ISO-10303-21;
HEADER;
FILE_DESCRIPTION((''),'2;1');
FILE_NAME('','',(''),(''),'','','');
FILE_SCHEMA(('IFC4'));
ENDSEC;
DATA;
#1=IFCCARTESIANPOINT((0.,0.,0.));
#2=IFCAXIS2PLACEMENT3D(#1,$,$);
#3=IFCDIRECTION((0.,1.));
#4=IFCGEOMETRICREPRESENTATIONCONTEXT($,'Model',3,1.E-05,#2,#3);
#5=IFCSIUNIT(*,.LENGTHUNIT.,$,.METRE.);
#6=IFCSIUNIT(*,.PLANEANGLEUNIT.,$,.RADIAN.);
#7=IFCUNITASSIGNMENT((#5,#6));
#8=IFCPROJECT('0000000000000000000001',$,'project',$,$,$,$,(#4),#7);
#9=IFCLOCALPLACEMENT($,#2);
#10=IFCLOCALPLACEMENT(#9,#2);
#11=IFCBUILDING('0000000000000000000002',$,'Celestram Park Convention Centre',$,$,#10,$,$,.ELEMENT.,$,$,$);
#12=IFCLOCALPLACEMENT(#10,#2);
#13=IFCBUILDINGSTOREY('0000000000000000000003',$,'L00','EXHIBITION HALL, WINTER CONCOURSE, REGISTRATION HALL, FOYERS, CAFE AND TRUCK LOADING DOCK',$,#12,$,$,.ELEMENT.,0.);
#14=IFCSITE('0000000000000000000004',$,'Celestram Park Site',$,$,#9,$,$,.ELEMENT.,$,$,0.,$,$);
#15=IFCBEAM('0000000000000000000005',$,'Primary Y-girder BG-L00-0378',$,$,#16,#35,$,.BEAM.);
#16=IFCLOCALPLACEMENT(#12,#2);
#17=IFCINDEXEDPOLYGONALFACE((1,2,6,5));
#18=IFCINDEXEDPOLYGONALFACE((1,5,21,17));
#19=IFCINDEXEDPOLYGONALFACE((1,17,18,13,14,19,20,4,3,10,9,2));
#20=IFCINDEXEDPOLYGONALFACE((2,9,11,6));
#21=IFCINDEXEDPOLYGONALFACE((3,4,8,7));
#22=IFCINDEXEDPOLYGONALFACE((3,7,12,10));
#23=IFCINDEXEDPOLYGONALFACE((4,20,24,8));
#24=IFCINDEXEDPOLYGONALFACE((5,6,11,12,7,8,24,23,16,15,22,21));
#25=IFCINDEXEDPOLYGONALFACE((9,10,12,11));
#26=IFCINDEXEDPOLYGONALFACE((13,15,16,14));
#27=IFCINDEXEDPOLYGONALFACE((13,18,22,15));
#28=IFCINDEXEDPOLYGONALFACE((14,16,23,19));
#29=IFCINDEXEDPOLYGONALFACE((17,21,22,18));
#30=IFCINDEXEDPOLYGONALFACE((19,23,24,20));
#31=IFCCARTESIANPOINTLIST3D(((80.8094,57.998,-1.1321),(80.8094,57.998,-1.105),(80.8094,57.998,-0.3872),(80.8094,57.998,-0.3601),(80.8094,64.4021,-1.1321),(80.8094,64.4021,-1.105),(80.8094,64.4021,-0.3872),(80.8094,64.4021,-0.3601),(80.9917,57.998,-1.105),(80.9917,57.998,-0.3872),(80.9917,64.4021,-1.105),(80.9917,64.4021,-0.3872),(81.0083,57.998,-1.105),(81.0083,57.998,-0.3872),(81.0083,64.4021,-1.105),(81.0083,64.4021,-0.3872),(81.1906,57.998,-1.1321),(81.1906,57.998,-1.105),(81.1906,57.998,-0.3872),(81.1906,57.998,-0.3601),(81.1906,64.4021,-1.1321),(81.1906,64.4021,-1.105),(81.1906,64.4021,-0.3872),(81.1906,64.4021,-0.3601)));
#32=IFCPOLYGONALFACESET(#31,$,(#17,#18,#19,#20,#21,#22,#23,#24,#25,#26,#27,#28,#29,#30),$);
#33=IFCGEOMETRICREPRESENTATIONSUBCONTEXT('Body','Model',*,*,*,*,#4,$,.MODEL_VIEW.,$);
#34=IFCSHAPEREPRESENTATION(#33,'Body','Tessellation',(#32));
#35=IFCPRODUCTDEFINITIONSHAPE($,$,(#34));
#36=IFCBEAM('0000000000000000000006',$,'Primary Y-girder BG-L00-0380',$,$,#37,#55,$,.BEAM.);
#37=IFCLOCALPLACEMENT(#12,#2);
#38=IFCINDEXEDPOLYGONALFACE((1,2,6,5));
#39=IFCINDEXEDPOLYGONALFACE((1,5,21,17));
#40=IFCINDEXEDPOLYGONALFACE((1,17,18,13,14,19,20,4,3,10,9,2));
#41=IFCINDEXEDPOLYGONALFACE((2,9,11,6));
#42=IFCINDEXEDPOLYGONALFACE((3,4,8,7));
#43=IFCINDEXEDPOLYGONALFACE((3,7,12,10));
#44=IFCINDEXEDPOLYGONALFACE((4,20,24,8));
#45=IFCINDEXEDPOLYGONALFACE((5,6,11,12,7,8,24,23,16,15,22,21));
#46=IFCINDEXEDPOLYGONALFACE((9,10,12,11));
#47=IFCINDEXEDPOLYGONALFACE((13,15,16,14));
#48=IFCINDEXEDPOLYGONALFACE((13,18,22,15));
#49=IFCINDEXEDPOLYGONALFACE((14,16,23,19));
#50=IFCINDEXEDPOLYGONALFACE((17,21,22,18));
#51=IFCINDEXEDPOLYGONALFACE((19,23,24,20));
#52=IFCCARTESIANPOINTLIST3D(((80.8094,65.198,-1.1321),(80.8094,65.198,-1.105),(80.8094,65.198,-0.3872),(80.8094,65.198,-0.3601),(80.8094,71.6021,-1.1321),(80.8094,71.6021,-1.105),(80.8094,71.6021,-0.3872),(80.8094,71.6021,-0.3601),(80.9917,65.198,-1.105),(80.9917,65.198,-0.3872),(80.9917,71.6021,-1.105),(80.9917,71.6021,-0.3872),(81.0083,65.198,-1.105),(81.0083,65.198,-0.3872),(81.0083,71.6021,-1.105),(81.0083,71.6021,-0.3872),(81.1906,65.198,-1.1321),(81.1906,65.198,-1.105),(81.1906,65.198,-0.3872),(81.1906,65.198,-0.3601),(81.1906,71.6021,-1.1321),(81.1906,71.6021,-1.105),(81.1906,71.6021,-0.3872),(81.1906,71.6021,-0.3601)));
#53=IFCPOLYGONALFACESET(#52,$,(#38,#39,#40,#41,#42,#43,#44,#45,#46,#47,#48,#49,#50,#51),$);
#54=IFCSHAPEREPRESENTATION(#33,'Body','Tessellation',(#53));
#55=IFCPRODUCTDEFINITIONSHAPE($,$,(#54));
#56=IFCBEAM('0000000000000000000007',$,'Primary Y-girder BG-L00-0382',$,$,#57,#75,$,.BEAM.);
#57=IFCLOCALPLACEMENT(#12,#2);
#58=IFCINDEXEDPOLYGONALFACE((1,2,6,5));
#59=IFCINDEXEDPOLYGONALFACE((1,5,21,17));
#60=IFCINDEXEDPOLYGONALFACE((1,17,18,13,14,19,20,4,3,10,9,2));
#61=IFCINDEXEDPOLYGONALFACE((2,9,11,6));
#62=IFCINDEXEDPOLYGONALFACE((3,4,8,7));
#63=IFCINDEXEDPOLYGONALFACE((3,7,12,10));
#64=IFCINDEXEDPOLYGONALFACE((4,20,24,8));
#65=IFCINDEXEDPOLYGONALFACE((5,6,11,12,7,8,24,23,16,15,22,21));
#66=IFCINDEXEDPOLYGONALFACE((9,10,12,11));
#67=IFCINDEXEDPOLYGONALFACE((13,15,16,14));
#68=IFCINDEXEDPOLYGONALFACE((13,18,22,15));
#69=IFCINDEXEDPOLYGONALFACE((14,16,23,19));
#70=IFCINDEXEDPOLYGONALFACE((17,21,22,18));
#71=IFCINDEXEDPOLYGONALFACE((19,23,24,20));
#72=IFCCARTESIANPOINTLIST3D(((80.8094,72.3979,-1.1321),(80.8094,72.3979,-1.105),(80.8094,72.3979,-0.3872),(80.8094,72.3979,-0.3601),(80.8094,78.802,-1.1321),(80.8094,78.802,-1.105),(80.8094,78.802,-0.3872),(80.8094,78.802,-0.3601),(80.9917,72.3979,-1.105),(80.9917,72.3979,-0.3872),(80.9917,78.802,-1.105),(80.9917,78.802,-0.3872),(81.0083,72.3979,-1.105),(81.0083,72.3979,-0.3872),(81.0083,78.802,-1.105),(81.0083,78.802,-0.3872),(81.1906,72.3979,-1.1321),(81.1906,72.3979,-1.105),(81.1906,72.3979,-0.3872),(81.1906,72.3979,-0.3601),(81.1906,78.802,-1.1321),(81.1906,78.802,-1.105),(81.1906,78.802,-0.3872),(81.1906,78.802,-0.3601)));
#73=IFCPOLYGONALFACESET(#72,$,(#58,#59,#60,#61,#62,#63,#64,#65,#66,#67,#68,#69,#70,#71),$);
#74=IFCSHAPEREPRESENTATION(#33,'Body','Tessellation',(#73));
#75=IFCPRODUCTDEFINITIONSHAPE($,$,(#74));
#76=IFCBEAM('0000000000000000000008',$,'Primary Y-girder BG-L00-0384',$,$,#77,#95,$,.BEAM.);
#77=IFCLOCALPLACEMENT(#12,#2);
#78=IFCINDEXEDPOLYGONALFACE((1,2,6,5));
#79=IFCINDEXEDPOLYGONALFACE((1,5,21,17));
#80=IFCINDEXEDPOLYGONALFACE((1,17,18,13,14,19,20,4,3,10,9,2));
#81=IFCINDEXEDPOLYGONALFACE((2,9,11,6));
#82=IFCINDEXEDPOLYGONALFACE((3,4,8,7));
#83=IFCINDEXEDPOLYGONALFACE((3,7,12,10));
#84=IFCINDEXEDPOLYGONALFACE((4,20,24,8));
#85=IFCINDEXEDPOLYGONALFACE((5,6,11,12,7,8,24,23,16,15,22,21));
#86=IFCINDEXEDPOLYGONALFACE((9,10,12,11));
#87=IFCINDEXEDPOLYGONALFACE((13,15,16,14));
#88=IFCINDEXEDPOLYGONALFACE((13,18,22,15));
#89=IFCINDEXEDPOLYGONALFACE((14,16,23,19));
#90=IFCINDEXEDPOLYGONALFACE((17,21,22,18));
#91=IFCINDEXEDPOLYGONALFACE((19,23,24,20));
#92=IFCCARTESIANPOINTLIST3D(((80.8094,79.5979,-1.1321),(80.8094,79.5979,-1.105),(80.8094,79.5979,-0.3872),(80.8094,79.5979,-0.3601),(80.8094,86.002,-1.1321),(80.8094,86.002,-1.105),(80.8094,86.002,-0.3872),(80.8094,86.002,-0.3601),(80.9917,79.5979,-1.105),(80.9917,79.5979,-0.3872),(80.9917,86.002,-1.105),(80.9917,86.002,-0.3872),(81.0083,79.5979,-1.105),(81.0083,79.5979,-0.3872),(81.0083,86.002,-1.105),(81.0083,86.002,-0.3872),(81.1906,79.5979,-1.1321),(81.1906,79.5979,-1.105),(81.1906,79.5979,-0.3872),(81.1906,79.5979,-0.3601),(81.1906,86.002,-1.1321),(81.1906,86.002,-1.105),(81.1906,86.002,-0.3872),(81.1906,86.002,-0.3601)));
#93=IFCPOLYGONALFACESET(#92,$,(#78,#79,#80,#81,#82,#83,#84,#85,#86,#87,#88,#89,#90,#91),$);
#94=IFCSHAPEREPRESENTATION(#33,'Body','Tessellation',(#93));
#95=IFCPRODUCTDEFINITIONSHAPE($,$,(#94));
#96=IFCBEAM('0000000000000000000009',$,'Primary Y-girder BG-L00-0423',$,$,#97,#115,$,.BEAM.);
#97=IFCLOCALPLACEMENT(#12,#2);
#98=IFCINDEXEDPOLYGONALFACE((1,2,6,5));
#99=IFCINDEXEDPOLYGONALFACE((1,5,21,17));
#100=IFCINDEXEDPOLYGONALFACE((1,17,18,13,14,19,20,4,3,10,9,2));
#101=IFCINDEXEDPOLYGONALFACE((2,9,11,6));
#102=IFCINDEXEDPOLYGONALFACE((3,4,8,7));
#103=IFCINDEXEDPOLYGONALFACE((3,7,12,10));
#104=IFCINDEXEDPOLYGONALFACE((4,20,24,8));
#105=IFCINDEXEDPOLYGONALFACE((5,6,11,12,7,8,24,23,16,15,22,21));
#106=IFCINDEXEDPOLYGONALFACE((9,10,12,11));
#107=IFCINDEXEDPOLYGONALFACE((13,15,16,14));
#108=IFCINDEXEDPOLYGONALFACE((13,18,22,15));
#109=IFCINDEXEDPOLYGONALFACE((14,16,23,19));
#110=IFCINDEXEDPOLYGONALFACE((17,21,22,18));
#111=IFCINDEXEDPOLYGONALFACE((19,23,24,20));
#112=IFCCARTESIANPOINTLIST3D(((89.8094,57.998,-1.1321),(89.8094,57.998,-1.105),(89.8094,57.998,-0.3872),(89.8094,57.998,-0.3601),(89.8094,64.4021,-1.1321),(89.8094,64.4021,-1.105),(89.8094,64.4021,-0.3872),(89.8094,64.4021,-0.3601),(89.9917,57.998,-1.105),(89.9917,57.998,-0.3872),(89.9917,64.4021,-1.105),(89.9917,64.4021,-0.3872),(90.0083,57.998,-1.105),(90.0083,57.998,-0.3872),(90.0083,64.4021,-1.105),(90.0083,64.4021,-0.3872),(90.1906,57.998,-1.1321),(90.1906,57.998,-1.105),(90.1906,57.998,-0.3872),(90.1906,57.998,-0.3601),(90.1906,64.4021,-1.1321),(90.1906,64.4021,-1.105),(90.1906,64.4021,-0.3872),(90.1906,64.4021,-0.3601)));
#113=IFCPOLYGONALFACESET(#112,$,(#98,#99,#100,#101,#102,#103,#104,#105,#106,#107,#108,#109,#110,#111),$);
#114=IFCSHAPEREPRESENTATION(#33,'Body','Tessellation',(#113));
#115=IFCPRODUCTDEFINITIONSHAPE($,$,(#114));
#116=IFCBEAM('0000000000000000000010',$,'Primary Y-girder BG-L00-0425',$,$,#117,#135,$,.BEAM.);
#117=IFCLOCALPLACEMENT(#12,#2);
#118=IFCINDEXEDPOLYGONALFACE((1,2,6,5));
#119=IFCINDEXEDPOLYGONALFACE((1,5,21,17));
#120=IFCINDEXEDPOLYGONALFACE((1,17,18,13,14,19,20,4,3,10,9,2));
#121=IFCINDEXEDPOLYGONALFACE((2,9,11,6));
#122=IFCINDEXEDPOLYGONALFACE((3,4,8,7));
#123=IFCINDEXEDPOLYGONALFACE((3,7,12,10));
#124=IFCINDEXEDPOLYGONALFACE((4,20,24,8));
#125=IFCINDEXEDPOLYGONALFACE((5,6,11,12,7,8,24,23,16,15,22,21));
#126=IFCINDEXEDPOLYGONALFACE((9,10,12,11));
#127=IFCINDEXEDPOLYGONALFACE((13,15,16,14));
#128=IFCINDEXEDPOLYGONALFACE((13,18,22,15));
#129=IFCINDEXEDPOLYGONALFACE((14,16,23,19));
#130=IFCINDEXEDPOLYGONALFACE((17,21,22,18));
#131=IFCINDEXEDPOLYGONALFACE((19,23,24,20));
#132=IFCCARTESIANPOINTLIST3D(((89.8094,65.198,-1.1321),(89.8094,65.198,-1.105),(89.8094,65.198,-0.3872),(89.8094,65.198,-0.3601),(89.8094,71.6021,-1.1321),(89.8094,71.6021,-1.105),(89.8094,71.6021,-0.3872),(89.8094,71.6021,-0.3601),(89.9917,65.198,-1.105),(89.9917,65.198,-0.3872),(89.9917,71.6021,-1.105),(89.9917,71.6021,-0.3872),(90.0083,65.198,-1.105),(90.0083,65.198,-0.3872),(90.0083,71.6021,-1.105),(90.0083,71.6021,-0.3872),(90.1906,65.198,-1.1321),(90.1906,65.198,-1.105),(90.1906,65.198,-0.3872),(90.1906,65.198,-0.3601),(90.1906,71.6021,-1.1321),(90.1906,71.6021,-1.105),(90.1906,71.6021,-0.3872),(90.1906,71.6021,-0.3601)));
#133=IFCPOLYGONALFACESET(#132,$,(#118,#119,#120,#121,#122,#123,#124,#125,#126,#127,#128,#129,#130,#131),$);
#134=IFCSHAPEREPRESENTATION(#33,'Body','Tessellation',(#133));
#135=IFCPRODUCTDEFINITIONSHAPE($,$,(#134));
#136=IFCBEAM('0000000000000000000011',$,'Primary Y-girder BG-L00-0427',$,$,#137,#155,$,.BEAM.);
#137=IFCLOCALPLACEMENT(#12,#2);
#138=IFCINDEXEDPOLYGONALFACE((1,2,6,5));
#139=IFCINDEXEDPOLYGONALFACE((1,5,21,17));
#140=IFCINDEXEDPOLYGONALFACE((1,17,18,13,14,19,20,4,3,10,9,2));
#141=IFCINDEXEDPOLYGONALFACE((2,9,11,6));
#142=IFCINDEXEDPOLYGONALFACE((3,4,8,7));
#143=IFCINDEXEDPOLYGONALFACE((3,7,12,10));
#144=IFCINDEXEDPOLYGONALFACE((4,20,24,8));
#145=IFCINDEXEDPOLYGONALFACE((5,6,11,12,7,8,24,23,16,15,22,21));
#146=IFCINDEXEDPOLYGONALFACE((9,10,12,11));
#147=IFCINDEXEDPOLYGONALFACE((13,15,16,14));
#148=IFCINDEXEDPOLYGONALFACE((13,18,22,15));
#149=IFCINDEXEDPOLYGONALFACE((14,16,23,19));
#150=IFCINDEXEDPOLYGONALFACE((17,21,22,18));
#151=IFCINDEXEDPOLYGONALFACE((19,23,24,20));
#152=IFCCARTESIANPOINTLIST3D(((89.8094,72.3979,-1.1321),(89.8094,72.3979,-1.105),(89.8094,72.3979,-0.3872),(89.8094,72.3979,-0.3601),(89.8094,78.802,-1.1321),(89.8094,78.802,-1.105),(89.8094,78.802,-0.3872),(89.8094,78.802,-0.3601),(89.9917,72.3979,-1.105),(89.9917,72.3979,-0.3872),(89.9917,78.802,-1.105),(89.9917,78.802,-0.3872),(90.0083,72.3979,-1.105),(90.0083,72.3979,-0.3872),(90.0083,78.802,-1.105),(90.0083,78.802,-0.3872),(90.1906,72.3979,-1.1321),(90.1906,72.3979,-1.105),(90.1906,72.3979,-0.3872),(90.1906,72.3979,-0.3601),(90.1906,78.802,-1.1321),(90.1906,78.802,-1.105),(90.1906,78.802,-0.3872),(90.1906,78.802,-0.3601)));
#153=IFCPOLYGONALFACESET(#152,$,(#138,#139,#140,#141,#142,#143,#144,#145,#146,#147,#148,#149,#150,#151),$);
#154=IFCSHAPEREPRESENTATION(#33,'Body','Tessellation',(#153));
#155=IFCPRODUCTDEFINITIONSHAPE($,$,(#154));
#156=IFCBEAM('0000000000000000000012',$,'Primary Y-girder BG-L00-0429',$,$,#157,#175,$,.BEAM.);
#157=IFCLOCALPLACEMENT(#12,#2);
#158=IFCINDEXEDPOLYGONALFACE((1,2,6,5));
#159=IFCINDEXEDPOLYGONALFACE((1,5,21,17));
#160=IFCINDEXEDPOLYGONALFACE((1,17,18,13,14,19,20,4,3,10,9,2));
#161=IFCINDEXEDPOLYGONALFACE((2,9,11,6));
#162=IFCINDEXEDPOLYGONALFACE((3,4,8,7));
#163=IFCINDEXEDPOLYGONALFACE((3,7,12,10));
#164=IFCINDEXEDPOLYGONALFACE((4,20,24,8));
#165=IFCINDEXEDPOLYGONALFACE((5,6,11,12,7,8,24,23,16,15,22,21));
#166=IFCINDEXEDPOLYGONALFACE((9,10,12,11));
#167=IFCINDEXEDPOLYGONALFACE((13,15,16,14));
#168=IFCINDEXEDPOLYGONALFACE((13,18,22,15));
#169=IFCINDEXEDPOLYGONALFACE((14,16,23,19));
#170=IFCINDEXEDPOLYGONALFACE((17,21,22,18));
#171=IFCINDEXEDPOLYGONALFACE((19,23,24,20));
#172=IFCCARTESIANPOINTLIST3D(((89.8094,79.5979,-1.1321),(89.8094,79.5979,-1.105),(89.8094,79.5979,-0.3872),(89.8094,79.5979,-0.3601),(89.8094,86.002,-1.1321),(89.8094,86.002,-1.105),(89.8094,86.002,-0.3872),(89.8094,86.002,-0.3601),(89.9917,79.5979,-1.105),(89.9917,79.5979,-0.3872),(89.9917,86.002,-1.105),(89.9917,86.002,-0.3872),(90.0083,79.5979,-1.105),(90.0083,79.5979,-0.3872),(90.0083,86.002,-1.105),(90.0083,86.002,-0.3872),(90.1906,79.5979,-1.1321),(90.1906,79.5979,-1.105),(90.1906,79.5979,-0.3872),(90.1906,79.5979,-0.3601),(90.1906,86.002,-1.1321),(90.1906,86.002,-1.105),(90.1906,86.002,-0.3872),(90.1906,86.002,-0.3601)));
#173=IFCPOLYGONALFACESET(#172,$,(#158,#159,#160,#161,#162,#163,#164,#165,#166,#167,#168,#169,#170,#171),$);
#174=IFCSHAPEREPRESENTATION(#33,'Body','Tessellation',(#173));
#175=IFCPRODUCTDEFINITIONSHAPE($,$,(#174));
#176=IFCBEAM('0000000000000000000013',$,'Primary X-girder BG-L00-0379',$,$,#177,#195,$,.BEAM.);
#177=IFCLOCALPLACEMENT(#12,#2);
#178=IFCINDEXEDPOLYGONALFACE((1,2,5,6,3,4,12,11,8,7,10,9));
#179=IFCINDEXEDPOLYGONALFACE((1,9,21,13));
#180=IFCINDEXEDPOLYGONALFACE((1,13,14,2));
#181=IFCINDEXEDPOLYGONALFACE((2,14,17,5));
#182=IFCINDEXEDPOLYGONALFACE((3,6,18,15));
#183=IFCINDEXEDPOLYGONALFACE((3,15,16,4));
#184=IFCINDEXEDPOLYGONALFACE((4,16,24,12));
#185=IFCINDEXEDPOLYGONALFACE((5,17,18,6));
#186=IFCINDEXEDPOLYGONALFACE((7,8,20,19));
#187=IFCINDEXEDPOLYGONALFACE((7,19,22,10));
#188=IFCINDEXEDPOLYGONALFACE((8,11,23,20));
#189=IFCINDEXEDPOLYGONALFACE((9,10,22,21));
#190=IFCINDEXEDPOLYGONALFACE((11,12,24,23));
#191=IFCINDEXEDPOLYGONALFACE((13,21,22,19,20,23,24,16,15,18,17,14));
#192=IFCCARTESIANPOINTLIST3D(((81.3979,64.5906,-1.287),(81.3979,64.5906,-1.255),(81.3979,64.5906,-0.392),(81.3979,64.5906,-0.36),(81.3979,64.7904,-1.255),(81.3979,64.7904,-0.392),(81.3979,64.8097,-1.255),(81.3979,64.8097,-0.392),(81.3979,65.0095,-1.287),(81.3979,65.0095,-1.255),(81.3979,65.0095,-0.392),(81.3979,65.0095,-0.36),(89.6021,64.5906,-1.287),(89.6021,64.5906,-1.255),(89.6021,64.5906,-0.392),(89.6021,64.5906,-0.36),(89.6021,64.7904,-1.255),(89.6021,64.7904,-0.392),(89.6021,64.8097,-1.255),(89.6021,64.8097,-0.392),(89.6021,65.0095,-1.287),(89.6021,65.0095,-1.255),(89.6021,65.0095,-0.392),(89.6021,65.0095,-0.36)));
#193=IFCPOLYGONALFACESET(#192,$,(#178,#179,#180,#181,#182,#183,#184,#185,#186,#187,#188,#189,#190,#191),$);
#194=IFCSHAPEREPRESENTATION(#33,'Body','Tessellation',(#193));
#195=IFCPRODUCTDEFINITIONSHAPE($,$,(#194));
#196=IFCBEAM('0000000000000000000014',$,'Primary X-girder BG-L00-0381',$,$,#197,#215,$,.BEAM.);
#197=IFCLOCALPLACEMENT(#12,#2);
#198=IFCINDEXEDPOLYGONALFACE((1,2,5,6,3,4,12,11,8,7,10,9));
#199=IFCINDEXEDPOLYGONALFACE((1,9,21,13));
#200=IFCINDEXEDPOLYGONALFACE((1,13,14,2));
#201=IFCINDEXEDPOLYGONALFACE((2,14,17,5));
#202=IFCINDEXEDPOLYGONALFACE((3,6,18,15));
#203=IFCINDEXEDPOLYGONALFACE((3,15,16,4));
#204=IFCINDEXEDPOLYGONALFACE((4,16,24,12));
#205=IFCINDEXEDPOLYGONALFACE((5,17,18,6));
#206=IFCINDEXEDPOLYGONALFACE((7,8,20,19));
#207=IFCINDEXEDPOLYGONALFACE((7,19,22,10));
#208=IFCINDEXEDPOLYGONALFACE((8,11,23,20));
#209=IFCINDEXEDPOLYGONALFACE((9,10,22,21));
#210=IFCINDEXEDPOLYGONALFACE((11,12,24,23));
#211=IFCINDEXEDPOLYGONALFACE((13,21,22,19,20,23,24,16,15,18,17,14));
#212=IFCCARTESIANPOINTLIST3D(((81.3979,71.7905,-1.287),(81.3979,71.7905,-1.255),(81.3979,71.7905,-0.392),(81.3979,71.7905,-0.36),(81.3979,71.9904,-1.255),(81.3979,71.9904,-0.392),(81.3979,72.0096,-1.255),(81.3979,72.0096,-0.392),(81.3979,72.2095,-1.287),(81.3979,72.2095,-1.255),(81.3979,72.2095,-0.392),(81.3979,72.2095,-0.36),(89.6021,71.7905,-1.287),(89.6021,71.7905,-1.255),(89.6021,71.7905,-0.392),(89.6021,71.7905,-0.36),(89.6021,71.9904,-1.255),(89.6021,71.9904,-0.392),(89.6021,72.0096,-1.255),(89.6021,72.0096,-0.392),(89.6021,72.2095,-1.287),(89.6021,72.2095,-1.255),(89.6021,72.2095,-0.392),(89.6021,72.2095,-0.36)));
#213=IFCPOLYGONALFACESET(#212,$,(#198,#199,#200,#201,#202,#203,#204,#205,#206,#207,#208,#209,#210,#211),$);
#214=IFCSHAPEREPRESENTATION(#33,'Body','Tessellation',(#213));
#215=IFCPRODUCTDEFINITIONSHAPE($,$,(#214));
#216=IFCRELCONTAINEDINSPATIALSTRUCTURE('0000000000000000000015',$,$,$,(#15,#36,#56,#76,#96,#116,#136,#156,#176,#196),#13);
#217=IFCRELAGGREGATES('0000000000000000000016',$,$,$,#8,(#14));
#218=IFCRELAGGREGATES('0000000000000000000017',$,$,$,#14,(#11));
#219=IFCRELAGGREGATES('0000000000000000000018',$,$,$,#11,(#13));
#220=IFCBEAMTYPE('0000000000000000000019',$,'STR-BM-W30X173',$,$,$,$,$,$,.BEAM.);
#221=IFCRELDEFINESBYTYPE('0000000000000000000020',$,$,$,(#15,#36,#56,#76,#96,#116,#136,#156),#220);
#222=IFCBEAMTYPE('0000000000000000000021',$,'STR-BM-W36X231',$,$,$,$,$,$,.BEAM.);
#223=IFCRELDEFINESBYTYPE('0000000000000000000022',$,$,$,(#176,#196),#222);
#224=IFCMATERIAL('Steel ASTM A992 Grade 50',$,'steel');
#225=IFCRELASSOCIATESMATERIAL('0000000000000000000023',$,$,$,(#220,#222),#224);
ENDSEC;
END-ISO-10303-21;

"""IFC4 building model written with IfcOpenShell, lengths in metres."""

from ifc_helpers import new_model, si_unit, direction, frame, origin, origin_2d, place, context, subcontext, project, spatial, i_section, extrude, material, material_profile, profile_set, type_object, element, save


model = new_model("IFC4")

# Units and contexts
model_context = context("Model", 3, precision=1e-05, world=origin(), true_north=direction((0.0, 1.0)))
body_context = subcontext(model_context, "Body", "Model", "MODEL_VIEW")
ifc_project = project(units=[si_unit("LENGTHUNIT", "METRE"), si_unit("PLANEANGLEUNIT", "RADIAN")], contexts=[model_context])

# Site, building, storey
site_placement = place(None, origin())
site = spatial("IfcSite", under=ifc_project, at=site_placement, Name="Celestram Park Site", CompositionType="ELEMENT", RefElevation=0.0)
building_placement = place(site_placement, origin())
building = spatial("IfcBuilding", under=site, at=building_placement, Name="Celestram Park Convention Centre", CompositionType="ELEMENT")
storey_placement = place(building_placement, origin())
storey = spatial("IfcBuildingStorey", under=building, at=storey_placement, Name="L00", Description="EXHIBITION HALL, WINTER CONCOURSE, REGISTRATION HALL, FOYERS, CAFE AND TRUCK LOADING DOCK", CompositionType="ELEMENT", Elevation=0.0)

# Beams
ifc_material_1 = material(Name="Steel ASTM A992 Grade 50", Category="steel")
ifc_material_profile_1 = material_profile(ifc_material_1, i_section(OverallWidth=0.3811, OverallDepth=0.772, WebThickness=0.0166, FlangeThickness=0.0271, at=origin_2d()), Name="W30X173")
ifc_profile_set_1 = profile_set([ifc_material_profile_1], Name="Steel ASTM A992 Grade 50")
beam_type_1 = type_object("IfcBeamType", Name="STR-BM-W30X173", PredefinedType="BEAM", material=ifc_profile_set_1)
for number, where, z_axis, x_axis, name in (
    (1, (81.0, 57.998, -0.7461), (0.0, 1.0, 0.0), (-1.0, 0.0, 0.0), "Primary Y-girder BG-L00-0378"),
    (2, (81.0, 65.198, -0.7461), (0.0, 1.0, 0.0), (-1.0, 0.0, 0.0), "Primary Y-girder BG-L00-0380"),
    (3, (81.0, 72.3979, -0.7461), (0.0, 1.0, 0.0), (-1.0, 0.0, 0.0), "Primary Y-girder BG-L00-0382"),
    (4, (81.0, 79.5979, -0.7461), (0.0, 1.0, 0.0), (-1.0, 0.0, 0.0), "Primary Y-girder BG-L00-0384"),
    (5, (90.0, 57.998, -0.7461), (0.0, 1.0, 0.0), (-1.0, 0.0, 0.0), "Primary Y-girder BG-L00-0423"),
    (6, (90.0, 65.198, -0.7461), (0.0, 1.0, 0.0), (-1.0, 0.0, 0.0), "Primary Y-girder BG-L00-0425"),
    (7, (90.0, 72.3979, -0.7461), (0.0, 1.0, 0.0), (-1.0, 0.0, 0.0), "Primary Y-girder BG-L00-0427"),
    (8, (90.0, 79.5979, -0.7461), (0.0, 1.0, 0.0), (-1.0, 0.0, 0.0), "Primary Y-girder BG-L00-0429"),
):
    element("IfcBeam", number, at=place(storey_placement, frame(where, z_axis=z_axis, x_axis=x_axis)), inside=storey, type_object=beam_type_1, Name=name, PredefinedType="BEAM", context=body_context, shape_type="SweptSolid", body=[
        extrude(i_section(OverallWidth=0.3811, OverallDepth=0.772, WebThickness=0.0166, FlangeThickness=0.0271, at=origin_2d()), origin(), (0.0, 0.0, 1.0), 6.4041),
    ])
ifc_material_profile_2 = material_profile(ifc_material_1, i_section(OverallWidth=0.4189, OverallDepth=0.927, WebThickness=0.0193, FlangeThickness=0.032, at=origin_2d()), Name="W36X231")
ifc_profile_set_2 = profile_set([ifc_material_profile_2], Name="Steel ASTM A992 Grade 50")
beam_type_2 = type_object("IfcBeamType", Name="STR-BM-W36X231", PredefinedType="BEAM", material=ifc_profile_set_2)
for number, where, z_axis, x_axis, name in (
    (9, (81.3979, 64.8, -0.8235), (1.0, 0.0, 0.0), (0.0, 1.0, 0.0), "Primary X-girder BG-L00-0379"),
    (10, (81.3979, 72.0, -0.8235), (1.0, 0.0, 0.0), (0.0, 1.0, 0.0), "Primary X-girder BG-L00-0381"),
):
    element("IfcBeam", number, at=place(storey_placement, frame(where, z_axis=z_axis, x_axis=x_axis)), inside=storey, type_object=beam_type_2, Name=name, PredefinedType="BEAM", context=body_context, shape_type="SweptSolid", body=[
        extrude(i_section(OverallWidth=0.4189, OverallDepth=0.927, WebThickness=0.0193, FlangeThickness=0.032, at=origin_2d()), origin(), (0.0, 0.0, 1.0), 8.2041),
    ])

save(model, "model.ifc")
